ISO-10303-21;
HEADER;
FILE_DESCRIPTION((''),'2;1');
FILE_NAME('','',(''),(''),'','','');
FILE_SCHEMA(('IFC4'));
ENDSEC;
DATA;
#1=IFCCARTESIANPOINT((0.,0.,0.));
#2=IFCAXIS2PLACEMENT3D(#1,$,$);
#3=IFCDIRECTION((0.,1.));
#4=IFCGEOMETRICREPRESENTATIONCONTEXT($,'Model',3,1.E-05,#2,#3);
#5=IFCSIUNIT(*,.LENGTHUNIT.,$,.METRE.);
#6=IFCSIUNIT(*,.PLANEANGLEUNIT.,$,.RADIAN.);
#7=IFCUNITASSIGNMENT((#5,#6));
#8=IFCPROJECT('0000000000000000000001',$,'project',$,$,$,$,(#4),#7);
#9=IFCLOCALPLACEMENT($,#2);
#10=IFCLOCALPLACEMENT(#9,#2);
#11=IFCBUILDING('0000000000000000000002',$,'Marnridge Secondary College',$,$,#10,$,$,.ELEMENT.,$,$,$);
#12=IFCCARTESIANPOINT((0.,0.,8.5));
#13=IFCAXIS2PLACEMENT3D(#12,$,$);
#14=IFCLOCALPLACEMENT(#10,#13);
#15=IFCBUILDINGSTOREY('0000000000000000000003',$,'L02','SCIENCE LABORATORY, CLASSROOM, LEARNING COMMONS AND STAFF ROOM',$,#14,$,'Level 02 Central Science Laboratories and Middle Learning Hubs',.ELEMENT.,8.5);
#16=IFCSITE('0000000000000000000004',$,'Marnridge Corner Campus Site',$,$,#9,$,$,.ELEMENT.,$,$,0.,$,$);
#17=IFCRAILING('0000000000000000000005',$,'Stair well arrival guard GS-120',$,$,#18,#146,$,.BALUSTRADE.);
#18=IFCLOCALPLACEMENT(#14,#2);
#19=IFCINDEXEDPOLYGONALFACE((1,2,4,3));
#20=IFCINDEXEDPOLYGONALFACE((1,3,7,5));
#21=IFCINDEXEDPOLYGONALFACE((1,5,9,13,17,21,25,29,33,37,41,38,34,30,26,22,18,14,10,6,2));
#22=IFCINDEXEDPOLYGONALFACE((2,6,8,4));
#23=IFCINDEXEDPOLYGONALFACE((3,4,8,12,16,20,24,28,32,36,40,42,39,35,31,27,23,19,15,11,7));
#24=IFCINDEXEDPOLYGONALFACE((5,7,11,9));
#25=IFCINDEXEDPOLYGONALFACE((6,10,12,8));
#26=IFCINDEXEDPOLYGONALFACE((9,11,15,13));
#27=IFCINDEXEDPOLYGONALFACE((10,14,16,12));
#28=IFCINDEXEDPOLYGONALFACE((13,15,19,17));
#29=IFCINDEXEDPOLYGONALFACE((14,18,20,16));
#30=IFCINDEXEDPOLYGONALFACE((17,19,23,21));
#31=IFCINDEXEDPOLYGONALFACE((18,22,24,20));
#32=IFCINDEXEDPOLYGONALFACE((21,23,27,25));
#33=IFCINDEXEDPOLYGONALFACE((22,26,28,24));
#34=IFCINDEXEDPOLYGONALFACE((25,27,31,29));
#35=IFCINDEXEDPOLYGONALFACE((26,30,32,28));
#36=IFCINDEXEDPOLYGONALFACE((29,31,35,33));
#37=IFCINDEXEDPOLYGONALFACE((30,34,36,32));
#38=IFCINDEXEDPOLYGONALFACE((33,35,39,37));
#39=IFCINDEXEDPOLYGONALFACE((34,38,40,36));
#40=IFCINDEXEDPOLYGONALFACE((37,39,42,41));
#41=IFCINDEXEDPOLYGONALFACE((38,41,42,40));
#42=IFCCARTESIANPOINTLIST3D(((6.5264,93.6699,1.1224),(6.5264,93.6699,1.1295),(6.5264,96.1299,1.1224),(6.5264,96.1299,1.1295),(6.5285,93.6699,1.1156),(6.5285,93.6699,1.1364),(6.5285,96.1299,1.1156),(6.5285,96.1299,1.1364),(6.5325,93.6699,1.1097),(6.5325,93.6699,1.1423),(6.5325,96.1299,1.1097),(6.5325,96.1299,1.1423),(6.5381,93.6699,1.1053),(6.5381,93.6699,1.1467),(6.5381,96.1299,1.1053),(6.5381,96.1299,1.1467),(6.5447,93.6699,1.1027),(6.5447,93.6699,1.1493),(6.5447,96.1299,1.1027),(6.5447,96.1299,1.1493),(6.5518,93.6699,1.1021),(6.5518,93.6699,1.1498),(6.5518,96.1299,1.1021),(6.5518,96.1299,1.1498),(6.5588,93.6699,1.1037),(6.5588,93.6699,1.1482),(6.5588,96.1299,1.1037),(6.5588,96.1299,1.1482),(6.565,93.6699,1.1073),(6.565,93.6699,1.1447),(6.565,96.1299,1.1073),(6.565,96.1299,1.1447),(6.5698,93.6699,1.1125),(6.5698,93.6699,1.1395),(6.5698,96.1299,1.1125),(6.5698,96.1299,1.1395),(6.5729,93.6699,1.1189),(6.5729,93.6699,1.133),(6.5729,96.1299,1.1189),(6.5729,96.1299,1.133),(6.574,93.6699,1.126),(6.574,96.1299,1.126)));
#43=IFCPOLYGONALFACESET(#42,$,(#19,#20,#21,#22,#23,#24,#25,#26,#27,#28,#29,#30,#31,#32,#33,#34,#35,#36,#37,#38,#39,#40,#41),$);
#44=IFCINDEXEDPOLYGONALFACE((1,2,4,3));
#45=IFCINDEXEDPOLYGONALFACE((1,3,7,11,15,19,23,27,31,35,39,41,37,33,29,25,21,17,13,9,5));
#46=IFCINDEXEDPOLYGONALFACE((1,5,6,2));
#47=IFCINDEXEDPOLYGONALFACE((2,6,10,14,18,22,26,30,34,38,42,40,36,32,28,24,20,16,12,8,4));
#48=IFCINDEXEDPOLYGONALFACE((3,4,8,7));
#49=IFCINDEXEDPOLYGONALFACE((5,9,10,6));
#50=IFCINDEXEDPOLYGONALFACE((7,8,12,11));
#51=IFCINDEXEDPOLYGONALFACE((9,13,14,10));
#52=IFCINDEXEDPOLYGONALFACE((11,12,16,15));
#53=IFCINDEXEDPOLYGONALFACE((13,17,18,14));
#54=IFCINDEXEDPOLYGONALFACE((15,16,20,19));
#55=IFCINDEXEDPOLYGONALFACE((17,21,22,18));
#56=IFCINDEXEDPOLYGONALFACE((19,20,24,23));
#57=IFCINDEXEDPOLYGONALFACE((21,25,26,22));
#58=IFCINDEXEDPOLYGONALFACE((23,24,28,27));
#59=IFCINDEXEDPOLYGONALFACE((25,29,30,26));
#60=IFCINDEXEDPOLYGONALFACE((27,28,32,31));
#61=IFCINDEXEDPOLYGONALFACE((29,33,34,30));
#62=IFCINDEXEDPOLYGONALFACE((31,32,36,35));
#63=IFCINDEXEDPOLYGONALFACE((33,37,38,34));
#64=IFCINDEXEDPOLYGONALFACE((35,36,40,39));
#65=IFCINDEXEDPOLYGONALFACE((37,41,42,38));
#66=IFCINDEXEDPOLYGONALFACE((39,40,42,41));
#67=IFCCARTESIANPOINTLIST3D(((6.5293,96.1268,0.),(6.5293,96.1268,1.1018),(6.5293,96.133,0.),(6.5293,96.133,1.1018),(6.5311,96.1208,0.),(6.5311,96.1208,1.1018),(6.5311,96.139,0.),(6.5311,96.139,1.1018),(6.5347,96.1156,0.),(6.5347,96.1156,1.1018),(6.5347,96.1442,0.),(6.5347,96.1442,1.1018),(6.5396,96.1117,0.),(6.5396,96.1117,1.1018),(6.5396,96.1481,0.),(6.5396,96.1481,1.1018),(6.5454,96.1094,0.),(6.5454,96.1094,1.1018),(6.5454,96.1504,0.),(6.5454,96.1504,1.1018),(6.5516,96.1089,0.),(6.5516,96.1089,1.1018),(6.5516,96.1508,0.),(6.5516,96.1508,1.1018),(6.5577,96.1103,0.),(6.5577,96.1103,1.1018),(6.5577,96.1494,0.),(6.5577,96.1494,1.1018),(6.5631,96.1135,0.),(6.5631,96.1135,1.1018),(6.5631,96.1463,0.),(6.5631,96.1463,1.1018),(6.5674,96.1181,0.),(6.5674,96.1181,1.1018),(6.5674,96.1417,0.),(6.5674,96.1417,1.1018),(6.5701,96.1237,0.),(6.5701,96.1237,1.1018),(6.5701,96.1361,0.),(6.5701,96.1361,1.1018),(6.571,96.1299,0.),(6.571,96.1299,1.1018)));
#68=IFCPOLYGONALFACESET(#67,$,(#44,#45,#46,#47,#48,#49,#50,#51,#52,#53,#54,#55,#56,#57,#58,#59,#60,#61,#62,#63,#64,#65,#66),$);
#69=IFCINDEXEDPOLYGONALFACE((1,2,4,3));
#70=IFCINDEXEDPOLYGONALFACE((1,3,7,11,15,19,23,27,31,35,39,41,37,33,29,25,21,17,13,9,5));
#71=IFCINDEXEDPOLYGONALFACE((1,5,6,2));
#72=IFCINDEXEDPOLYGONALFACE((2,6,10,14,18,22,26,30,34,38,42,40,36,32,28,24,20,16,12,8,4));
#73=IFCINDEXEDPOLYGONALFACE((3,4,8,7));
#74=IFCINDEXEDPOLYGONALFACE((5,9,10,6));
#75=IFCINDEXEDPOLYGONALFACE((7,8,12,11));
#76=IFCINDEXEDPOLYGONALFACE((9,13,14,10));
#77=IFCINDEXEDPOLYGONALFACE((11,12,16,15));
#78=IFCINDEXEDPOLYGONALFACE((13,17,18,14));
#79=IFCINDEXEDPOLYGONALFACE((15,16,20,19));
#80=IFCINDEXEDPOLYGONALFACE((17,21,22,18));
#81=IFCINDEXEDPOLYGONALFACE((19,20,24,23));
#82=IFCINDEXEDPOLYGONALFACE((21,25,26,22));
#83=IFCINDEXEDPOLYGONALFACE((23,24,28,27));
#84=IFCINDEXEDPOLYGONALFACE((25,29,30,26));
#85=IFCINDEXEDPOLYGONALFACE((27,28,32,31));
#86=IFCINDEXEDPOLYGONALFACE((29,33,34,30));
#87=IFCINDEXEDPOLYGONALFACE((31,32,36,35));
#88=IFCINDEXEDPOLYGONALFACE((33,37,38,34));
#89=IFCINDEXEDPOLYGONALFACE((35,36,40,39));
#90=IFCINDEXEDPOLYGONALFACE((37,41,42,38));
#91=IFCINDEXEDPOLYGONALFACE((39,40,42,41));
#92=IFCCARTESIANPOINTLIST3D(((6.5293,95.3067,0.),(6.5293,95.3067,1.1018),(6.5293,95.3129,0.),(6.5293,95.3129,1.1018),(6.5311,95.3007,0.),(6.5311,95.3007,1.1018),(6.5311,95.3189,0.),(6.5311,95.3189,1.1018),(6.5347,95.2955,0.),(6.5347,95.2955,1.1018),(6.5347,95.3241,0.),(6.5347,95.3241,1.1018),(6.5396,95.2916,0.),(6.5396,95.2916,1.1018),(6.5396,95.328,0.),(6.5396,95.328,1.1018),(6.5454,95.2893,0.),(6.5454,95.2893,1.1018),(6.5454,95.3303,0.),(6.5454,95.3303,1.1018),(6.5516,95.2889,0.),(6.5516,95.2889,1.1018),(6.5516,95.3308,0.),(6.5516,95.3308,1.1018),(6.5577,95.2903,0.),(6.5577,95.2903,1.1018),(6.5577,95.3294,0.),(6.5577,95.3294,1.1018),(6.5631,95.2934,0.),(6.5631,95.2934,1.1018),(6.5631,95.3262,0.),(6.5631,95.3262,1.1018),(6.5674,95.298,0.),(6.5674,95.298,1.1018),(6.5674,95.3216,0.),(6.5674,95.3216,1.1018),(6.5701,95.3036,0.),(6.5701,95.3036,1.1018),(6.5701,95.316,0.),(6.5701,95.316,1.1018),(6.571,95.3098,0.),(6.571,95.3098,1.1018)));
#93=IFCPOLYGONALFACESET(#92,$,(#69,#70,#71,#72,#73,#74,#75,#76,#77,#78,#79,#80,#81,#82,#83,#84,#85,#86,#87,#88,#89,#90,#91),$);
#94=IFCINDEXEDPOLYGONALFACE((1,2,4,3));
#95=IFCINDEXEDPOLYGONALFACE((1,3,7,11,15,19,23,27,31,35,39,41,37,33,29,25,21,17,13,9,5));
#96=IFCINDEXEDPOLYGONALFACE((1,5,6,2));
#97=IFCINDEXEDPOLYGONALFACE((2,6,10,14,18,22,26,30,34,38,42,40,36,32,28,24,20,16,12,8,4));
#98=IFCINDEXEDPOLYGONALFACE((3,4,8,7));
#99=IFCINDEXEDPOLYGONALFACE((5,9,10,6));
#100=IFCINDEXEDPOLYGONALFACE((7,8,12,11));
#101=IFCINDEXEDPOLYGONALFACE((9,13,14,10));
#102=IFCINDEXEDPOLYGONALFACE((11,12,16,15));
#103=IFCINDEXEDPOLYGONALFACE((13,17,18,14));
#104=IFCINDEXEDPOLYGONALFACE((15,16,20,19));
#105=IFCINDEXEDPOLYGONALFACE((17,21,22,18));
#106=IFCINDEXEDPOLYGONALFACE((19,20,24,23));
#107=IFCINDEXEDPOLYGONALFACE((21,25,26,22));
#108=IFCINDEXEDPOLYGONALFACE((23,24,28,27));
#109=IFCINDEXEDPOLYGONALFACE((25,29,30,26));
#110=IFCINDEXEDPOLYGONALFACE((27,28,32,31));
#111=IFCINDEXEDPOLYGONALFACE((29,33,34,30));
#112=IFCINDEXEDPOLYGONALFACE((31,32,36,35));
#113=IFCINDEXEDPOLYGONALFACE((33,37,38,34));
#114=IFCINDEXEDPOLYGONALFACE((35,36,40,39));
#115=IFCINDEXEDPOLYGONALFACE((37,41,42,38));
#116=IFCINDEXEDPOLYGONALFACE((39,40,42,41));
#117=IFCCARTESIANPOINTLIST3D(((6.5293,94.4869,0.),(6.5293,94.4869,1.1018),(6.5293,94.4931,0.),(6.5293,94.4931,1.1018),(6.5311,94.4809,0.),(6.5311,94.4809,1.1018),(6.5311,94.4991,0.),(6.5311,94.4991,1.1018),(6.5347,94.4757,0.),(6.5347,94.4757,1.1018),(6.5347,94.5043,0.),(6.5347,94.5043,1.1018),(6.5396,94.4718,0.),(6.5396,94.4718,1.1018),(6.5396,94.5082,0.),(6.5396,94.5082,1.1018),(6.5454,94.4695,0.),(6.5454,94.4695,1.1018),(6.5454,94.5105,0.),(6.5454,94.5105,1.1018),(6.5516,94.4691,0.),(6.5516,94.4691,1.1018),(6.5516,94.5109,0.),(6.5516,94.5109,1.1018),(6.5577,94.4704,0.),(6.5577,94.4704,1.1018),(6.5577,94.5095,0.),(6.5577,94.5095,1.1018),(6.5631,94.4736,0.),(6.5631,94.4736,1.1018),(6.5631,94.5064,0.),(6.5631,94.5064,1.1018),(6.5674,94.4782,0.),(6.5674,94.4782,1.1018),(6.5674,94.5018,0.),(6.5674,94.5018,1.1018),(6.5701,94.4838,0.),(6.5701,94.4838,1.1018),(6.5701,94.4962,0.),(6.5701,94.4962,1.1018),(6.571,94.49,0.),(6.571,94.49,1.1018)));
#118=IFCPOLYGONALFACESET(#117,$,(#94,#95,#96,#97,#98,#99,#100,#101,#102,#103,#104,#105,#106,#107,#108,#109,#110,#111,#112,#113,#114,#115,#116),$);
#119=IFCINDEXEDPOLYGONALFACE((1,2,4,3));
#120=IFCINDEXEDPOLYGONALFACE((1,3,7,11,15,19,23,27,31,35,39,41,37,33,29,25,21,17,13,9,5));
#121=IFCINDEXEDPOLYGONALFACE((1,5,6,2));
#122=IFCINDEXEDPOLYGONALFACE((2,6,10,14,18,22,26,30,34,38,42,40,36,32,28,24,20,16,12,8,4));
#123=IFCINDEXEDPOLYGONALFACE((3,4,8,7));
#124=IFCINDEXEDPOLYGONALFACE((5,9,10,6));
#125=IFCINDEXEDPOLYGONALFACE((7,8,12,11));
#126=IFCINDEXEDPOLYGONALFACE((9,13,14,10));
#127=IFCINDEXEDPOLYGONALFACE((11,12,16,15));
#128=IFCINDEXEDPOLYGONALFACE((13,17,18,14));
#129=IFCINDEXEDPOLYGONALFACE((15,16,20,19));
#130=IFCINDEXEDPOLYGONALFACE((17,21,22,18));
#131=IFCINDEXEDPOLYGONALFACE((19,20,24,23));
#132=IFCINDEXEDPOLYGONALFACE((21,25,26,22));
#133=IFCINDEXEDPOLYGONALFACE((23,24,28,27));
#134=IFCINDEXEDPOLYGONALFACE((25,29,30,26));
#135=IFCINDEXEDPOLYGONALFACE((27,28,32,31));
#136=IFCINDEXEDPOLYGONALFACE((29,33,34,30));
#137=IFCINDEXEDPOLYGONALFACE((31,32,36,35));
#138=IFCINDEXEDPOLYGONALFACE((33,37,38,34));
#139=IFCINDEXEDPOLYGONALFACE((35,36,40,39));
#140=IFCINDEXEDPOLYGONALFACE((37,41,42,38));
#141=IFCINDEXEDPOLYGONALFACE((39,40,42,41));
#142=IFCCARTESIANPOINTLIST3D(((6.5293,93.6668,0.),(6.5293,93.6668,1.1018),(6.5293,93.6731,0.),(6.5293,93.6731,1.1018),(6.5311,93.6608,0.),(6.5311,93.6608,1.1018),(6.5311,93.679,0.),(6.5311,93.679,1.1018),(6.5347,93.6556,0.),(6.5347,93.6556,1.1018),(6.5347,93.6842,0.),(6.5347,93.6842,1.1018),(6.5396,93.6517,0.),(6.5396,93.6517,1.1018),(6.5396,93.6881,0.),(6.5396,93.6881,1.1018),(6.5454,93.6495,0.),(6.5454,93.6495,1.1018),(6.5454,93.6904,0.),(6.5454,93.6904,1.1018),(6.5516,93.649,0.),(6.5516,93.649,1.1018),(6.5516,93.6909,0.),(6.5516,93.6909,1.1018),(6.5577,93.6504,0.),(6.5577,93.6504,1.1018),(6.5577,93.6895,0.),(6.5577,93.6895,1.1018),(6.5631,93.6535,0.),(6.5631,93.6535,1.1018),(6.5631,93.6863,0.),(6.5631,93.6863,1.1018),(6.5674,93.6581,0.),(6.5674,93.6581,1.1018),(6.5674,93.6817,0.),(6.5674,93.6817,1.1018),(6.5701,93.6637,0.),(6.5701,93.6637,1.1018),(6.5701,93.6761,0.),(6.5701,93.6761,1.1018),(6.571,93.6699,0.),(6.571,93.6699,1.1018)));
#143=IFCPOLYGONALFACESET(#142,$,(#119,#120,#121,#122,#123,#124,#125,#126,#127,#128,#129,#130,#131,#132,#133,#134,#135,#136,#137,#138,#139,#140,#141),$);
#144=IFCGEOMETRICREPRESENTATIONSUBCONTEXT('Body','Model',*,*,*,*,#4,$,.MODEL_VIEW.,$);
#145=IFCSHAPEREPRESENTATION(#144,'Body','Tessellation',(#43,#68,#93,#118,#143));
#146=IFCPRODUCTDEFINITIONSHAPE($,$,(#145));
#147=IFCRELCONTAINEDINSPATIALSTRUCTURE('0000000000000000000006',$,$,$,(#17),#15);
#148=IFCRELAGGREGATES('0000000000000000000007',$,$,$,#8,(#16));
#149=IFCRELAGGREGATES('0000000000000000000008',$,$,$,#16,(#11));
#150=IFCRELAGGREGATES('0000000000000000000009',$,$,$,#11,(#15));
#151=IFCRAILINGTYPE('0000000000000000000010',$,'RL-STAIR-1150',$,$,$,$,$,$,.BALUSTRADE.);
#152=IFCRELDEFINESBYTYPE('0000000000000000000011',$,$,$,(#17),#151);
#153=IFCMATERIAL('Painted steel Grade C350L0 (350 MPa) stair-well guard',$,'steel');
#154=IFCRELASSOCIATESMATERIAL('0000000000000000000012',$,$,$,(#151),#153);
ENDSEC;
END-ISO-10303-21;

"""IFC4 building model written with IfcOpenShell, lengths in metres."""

from ifc_helpers import new_model, si_unit, direction, frame, origin, origin_2d, place, context, subcontext, project, spatial, circle, extrude, material, type_object, element, save


model = new_model("IFC4")

# Units and contexts
model_context = context("Model", 3, precision=1e-05, world=origin(), true_north=direction((0.0, 1.0)))
body_context = subcontext(model_context, "Body", "Model", "MODEL_VIEW")
ifc_project = project(units=[si_unit("LENGTHUNIT", "METRE"), si_unit("PLANEANGLEUNIT", "RADIAN")], contexts=[model_context])

# Site, building, storey
site_placement = place(None, origin())
site = spatial("IfcSite", under=ifc_project, at=site_placement, Name="Marnridge Corner Campus Site", CompositionType="ELEMENT", RefElevation=0.0)
building_placement = place(site_placement, origin())
building = spatial("IfcBuilding", under=site, at=building_placement, Name="Marnridge Secondary College", CompositionType="ELEMENT")
storey_placement = place(building_placement, frame((0.0, 0.0, 8.5)))
storey = spatial("IfcBuildingStorey", under=building, at=storey_placement, Name="L02", Description="SCIENCE LABORATORY, CLASSROOM, LEARNING COMMONS AND STAFF ROOM", LongName="Level 02 Central Science Laboratories and Middle Learning Hubs", CompositionType="ELEMENT", Elevation=8.5)

# Railing
ifc_material_1 = material(Name="Painted steel Grade C350L0 (350 MPa) stair-well guard", Category="steel")
railing_type_1 = type_object("IfcRailingType", Name="RL-STAIR-1150", PredefinedType="BALUSTRADE", material=ifc_material_1)
railing_1_placement = place(storey_placement, frame((6.55, 96.1299, 0.0)))
element("IfcRailing", 1, at=railing_1_placement, inside=storey, type_object=railing_type_1, Name="Stair well arrival guard GS-120", PredefinedType="BALUSTRADE", context=body_context, shape_type="SweptSolid", body=[
    extrude(circle(Radius=0.0239, at=origin_2d()), frame((0.0, 0.0, 1.126), z_axis=(0.0, -1.0, 0.0), x_axis=(1.0, 0.0, 0.0)), (0.0, 0.0, 1.0), 2.46),
    extrude(circle(Radius=0.021, at=origin_2d()), origin(), (0.0, 0.0, 1.0), 1.1018),
    extrude(circle(Radius=0.021, at=origin_2d()), frame((0.0, -0.8201, 0.0)), (0.0, 0.0, 1.0), 1.1018),
    extrude(circle(Radius=0.021, at=origin_2d()), frame((0.0, -1.6399, 0.0)), (0.0, 0.0, 1.0), 1.1018),
    extrude(circle(Radius=0.021, at=origin_2d()), frame((0.0, -2.46, 0.0)), (0.0, 0.0, 1.0), 1.1018),
])

save(model, "model.ifc")
